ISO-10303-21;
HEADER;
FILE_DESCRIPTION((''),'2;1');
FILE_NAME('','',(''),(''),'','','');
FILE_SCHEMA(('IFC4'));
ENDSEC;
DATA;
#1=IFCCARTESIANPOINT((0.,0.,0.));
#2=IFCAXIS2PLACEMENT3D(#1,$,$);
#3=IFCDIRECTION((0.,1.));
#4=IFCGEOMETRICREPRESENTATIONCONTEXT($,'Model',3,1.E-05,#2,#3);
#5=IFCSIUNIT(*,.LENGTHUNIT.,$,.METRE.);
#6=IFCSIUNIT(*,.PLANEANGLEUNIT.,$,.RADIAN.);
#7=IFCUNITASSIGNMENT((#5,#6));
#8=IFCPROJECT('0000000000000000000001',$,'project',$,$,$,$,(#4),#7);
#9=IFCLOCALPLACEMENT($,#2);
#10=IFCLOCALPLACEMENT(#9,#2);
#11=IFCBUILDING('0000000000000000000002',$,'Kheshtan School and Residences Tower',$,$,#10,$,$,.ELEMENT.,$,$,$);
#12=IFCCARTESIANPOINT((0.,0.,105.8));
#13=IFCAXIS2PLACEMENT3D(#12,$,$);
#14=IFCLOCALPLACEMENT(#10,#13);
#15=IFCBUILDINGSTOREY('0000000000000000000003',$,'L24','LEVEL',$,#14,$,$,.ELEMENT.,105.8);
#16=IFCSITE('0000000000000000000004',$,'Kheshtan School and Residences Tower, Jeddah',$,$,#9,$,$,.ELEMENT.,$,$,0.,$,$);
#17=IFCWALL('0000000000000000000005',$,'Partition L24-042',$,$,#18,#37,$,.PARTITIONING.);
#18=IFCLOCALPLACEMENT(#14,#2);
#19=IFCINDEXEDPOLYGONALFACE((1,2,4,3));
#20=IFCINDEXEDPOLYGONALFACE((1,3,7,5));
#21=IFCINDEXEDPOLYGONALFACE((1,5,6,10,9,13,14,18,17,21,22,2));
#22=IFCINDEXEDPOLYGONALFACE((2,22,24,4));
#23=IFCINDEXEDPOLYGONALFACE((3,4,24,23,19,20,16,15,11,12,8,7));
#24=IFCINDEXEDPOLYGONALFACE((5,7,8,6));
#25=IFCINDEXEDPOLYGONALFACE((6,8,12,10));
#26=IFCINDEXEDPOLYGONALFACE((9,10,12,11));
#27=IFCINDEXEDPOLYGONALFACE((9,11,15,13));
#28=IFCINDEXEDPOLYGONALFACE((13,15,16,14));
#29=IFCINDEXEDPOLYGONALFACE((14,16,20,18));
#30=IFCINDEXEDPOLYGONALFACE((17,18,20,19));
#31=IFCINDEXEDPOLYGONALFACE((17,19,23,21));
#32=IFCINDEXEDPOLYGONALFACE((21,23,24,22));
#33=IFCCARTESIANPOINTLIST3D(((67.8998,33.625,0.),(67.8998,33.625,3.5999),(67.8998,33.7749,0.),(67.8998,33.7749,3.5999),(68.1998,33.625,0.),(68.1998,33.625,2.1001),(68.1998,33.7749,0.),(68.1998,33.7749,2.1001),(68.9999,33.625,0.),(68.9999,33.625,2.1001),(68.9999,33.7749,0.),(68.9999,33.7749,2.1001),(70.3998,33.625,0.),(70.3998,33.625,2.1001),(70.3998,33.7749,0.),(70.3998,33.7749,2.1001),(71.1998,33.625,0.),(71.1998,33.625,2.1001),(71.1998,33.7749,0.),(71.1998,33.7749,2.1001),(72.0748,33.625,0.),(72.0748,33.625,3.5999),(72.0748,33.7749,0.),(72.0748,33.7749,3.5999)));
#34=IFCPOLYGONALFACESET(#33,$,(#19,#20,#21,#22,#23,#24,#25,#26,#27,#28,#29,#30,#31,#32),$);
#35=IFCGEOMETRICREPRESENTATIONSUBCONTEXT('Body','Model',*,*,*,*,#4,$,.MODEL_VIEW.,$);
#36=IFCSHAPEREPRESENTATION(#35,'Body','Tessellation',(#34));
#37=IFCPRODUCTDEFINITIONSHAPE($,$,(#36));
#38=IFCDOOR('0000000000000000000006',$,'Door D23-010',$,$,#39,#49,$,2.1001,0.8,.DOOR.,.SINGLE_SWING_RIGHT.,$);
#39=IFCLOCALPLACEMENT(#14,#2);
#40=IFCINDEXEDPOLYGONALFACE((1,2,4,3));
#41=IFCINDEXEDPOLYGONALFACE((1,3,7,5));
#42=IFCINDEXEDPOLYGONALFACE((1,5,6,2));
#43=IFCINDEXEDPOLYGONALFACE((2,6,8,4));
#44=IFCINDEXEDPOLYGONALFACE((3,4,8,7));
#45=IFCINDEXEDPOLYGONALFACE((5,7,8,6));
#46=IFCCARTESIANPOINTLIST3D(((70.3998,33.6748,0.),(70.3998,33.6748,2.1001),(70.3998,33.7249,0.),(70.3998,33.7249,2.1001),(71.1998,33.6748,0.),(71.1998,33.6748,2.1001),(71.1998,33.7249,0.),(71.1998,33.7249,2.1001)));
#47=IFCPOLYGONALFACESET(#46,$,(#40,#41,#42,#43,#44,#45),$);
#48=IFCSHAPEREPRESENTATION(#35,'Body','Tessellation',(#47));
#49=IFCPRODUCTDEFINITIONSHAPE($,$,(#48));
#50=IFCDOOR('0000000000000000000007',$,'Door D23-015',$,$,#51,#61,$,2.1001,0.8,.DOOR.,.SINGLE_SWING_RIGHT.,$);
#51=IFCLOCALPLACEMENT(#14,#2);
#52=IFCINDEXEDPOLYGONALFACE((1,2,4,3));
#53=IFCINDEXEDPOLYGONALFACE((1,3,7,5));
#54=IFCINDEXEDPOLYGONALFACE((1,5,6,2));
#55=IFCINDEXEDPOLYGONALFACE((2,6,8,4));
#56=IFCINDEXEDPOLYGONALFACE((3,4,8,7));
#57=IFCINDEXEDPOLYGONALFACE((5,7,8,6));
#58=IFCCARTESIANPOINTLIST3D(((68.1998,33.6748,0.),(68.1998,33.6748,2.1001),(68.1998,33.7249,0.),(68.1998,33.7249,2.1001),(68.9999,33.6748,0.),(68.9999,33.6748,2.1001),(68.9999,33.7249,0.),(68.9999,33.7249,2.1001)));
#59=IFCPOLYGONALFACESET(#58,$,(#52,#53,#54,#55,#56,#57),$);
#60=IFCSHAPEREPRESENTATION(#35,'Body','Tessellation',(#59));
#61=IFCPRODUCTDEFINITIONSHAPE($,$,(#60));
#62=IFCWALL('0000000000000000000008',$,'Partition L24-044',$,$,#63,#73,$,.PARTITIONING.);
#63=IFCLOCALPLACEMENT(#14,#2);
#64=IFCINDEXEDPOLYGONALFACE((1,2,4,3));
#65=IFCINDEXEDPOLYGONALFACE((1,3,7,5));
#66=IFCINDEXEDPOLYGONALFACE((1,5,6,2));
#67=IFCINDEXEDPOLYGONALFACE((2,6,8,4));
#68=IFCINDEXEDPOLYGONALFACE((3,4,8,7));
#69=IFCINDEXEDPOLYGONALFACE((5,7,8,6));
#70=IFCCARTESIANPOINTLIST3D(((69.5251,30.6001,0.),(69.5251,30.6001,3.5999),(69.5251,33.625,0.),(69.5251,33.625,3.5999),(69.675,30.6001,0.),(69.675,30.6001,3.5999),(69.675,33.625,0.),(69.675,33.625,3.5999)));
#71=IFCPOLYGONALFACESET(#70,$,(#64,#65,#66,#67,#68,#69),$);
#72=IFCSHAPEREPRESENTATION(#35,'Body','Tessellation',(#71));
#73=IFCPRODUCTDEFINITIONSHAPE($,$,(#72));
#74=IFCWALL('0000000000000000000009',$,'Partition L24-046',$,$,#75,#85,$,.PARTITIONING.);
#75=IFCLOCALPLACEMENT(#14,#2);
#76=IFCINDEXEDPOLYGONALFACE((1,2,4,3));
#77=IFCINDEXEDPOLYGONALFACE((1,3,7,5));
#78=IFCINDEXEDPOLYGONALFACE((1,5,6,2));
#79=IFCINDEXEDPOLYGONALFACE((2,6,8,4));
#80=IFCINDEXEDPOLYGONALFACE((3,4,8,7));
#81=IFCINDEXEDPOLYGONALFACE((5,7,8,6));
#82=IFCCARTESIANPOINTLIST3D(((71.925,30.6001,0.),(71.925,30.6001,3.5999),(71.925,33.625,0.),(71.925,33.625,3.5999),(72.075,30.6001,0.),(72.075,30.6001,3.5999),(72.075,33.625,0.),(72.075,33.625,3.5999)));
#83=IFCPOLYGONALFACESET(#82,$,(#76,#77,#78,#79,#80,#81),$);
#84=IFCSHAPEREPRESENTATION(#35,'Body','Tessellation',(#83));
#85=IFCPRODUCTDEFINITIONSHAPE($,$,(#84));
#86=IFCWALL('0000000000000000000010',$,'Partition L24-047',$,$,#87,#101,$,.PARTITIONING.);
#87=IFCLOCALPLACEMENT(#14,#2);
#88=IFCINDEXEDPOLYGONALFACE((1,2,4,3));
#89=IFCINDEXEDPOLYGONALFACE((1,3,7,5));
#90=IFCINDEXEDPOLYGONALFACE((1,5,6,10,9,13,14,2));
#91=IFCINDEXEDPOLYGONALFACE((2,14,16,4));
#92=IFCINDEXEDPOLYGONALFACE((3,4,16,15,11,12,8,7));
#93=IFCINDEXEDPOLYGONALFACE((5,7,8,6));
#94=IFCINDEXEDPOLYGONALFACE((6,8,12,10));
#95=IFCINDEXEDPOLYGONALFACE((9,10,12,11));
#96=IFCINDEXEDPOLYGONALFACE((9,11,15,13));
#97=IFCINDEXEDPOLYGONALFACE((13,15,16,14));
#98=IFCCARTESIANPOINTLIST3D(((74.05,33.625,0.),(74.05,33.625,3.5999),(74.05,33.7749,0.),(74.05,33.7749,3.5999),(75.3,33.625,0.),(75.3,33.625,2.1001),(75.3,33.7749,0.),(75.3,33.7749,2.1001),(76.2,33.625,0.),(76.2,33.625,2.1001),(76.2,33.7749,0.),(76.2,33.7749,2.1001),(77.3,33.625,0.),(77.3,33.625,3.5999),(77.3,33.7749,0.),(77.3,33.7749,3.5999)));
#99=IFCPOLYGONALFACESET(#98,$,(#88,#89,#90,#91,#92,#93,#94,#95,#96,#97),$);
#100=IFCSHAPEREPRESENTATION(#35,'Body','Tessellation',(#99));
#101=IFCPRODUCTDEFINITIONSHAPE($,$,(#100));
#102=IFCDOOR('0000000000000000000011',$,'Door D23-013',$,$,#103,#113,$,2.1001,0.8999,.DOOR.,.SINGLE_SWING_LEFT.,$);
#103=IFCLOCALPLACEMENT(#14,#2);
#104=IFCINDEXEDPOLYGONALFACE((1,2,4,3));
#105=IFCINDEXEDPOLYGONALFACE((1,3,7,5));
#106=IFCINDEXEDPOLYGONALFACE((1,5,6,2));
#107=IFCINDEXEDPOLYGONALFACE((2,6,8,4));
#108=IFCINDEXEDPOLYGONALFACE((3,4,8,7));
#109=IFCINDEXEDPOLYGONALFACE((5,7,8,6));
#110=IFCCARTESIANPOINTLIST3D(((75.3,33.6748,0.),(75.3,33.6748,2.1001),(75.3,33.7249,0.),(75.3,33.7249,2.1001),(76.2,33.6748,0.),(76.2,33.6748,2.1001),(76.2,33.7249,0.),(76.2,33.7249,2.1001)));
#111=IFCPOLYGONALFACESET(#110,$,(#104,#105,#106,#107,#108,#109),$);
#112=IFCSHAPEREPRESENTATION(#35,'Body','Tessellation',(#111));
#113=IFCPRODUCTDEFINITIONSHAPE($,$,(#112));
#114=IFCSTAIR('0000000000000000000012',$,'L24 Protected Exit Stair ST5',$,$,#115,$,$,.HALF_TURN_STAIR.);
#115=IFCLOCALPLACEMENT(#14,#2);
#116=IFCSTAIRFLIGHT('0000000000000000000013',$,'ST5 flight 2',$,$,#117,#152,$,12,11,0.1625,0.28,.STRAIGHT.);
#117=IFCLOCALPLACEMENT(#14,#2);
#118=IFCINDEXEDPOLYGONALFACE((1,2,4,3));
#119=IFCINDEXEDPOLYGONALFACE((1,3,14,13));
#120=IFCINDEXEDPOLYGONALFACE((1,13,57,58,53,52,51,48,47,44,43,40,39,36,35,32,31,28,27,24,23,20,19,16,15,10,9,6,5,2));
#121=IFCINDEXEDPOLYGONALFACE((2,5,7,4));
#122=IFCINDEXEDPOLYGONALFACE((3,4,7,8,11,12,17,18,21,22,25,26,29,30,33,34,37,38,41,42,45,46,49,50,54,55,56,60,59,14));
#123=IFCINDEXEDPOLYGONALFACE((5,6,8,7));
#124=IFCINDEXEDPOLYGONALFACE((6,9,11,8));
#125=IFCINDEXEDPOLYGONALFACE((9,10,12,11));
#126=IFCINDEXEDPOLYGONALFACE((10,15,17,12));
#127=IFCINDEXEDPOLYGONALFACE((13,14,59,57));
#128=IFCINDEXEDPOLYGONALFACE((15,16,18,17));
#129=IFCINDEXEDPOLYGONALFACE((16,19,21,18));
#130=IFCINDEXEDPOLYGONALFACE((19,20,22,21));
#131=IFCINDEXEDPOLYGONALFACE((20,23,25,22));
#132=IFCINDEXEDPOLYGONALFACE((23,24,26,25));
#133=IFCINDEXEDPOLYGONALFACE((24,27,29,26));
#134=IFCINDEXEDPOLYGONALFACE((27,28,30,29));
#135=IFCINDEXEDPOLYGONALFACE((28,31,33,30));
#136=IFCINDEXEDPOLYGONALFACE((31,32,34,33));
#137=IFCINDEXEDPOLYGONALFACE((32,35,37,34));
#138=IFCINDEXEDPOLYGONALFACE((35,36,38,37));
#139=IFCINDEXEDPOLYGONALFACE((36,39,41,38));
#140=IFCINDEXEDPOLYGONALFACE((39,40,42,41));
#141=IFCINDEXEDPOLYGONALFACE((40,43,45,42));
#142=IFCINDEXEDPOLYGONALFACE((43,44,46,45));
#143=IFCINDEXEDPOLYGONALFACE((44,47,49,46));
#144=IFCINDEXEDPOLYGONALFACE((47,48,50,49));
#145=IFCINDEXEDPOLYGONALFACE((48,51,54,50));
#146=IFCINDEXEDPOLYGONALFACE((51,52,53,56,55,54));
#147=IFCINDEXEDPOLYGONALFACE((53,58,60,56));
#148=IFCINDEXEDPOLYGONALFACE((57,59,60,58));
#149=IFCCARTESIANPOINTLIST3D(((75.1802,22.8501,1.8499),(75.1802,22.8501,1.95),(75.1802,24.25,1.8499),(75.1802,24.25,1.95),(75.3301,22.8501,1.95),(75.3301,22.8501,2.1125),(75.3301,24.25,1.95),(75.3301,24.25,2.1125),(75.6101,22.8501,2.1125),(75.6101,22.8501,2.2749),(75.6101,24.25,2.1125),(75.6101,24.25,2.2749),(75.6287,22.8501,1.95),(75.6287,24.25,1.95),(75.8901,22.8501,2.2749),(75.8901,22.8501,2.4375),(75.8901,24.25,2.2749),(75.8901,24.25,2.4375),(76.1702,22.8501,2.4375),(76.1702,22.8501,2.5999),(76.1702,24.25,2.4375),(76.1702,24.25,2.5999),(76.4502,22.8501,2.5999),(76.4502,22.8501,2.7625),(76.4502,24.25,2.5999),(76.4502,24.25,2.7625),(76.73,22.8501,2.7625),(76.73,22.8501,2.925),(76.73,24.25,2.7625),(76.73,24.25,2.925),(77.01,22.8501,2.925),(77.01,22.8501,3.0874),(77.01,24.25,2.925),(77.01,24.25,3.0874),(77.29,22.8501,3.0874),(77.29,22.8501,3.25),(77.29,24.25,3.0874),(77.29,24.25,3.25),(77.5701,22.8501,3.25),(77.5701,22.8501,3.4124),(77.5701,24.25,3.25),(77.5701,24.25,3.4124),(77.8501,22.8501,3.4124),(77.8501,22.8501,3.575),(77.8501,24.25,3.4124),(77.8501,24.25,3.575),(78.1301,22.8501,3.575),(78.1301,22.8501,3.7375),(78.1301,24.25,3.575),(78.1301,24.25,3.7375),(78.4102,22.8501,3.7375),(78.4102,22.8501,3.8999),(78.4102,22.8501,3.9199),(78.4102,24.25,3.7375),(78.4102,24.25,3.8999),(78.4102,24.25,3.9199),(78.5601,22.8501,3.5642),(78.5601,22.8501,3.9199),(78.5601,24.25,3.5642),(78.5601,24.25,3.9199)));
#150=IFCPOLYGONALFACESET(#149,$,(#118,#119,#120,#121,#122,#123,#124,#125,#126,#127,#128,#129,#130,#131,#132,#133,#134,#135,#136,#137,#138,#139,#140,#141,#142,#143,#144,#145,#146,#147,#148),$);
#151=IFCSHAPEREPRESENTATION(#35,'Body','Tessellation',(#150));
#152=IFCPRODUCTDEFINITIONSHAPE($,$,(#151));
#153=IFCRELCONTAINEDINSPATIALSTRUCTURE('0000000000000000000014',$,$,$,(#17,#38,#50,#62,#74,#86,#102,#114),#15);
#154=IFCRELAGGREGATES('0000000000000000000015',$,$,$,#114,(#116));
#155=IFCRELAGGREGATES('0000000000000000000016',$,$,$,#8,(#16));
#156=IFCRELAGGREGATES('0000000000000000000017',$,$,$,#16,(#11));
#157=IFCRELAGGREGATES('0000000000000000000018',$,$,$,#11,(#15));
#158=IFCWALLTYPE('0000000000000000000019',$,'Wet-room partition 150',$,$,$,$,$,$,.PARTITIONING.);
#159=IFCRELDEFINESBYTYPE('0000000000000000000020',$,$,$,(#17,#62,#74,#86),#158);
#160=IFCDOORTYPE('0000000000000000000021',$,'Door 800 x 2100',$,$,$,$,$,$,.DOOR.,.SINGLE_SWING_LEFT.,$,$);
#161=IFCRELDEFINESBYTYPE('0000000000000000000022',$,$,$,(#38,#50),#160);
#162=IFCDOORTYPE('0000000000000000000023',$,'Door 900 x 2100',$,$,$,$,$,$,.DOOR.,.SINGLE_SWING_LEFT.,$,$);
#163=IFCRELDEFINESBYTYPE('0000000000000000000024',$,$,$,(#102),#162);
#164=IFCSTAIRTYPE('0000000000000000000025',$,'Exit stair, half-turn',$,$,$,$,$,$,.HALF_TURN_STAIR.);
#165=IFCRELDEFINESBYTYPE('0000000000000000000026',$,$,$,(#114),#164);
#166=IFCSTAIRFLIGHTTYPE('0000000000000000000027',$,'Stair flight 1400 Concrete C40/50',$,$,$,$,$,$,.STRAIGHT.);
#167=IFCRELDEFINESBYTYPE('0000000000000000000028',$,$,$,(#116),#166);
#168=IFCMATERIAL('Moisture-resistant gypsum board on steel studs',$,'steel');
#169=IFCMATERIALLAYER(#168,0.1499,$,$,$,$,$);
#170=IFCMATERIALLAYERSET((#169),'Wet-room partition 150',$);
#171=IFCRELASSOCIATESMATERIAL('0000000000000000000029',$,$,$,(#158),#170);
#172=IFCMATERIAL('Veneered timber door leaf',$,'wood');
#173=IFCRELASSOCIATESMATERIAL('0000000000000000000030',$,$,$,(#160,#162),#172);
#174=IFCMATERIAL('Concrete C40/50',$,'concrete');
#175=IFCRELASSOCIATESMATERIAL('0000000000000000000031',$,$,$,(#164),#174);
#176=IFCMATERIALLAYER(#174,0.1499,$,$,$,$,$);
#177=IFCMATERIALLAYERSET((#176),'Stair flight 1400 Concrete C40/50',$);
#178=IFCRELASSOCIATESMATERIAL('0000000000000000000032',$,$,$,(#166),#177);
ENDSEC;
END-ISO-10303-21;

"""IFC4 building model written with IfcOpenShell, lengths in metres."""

from ifc_helpers import new_model, si_unit, direction, frame, frame_2d, origin, place, context, subcontext, project, spatial, polyline, rectangle, outline, extrude, source, transform, mapped, material, layer, layer_set, type_object, element, fill, aggregate, save


model = new_model("IFC4")

# Units and contexts
model_context = context("Model", 3, precision=1e-05, world=origin(), true_north=direction((0.0, 1.0)))
body_context = subcontext(model_context, "Body", "Model", "MODEL_VIEW")
ifc_project = project(units=[si_unit("LENGTHUNIT", "METRE"), si_unit("PLANEANGLEUNIT", "RADIAN")], contexts=[model_context])

# Site, building, storey
site_placement = place(None, origin())
site = spatial("IfcSite", under=ifc_project, at=site_placement, Name="Kheshtan School and Residences Tower, Jeddah", CompositionType="ELEMENT", RefElevation=0.0)
building_placement = place(site_placement, origin())
building = spatial("IfcBuilding", under=site, at=building_placement, Name="Kheshtan School and Residences Tower", CompositionType="ELEMENT")
storey_placement = place(building_placement, frame((0.0, 0.0, 105.8)))
storey = spatial("IfcBuildingStorey", under=building, at=storey_placement, Name="L24", Description="LEVEL", CompositionType="ELEMENT", Elevation=105.8)

# Shared definitions
ifc_material_1 = material(Name="Concrete C40/50", Category="concrete")

# Shared definitions
ifc_material_2 = material(Name="Moisture-resistant gypsum board on steel studs", Category="steel")
ifc_layer_1 = layer(ifc_material_2, 0.1499)
ifc_layer_set_1 = layer_set([ifc_layer_1], Name="Wet-room partition 150")
wall_type_1 = type_object("IfcWallType", Name="Wet-room partition 150", PredefinedType="PARTITIONING", material=ifc_layer_set_1)

# Wall, openings, doors
wall_1_placement = place(storey_placement, frame((67.8999, 33.7, 0.0), z_axis=(0.0, 0.0, 1.0), x_axis=(1.0, 0.0, 0.0)))
wall_1 = element("IfcWall", 1, at=wall_1_placement, inside=storey, type_object=wall_type_1, Name="Partition L24-042", PredefinedType="PARTITIONING", context=body_context, shape_type="SweptSolid", body=[
    extrude(rectangle(XDim=4.175, YDim=0.1499, at=frame_2d((2.0874, 0.0))), origin(), (0.0, 0.0, 1.0), 3.5999),
])
opening_1_placement = place(wall_1_placement, frame((2.5, 0.0, 0.0)))
opening_1 = element("IfcOpeningElement", 2, at=opening_1_placement, cuts=wall_1, PredefinedType="OPENING", context=body_context, shape_type="SweptSolid", body=[
    extrude(rectangle(XDim=0.8, YDim=2.1001, at=frame_2d((0.3999, 1.05))), frame((0.0, 0.085, 0.0), z_axis=(0.0, -1.0, 0.0), x_axis=(1.0, 0.0, 0.0)), (0.0, 0.0, 1.0), 0.1699),
])
opening_2_placement = place(wall_1_placement, frame((0.3, 0.0, 0.0)))
opening_2 = element("IfcOpeningElement", 3, at=opening_2_placement, cuts=wall_1, PredefinedType="OPENING", context=body_context, shape_type="SweptSolid", body=[
    extrude(rectangle(XDim=0.8, YDim=2.1001, at=frame_2d((0.3999, 1.05))), frame((0.0, 0.085, 0.0), z_axis=(0.0, -1.0, 0.0), x_axis=(1.0, 0.0, 0.0)), (0.0, 0.0, 1.0), 0.1699),
])
ifc_material_3 = material(Name="Veneered timber door leaf", Category="wood")
door_type_1 = type_object("IfcDoorType", Name="Door 800 x 2100", OperationType="SINGLE_SWING_LEFT", PredefinedType="DOOR", material=ifc_material_3)
shared_shape_1 = source(origin(), body_context, "Body", "SweptSolid", [
    extrude(rectangle(XDim=0.8, YDim=2.1001, at=frame_2d((0.3999, 1.05))), frame((0.0, 0.0249, 0.0), z_axis=(0.0, -1.0, 0.0), x_axis=(1.0, 0.0, 0.0)), (0.0, 0.0, 1.0), 0.05),
])
door_1_placement = place(opening_1_placement, origin())
door_1 = element("IfcDoor", 4, at=door_1_placement, inside=storey, type_object=door_type_1, Name="Door D23-010", OperationType="SINGLE_SWING_RIGHT", OverallHeight=2.1001, OverallWidth=0.8, PredefinedType="DOOR", context=body_context, shape_type="MappedRepresentation", body=[
    mapped(shared_shape_1, transform((0.0, 0.0, 0.0), x_axis=(1.0, 0.0, 0.0), y_axis=(0.0, 1.0, 0.0), z_axis=(0.0, 0.0, 1.0), scale=1.0)),
])
fill(opening_1, door_1)
door_2_placement = place(opening_2_placement, origin())
door_2 = element("IfcDoor", 5, at=door_2_placement, inside=storey, type_object=door_type_1, Name="Door D23-015", OperationType="SINGLE_SWING_RIGHT", OverallHeight=2.1001, OverallWidth=0.8, PredefinedType="DOOR", context=body_context, shape_type="MappedRepresentation", body=[
    mapped(shared_shape_1, transform((0.0, 0.0, 0.0), x_axis=(1.0, 0.0, 0.0), y_axis=(0.0, 1.0, 0.0), z_axis=(0.0, 0.0, 1.0), scale=1.0)),
])
fill(opening_2, door_2)

# Walls
for number, where, z_axis, x_axis, name in (
    (6, (69.6001, 30.6001, 0.0), (0.0, 0.0, 1.0), (0.0, 1.0, 0.0), "Partition L24-044"),
    (7, (72.0, 30.6001, 0.0), (0.0, 0.0, 1.0), (0.0, 1.0, 0.0), "Partition L24-046"),
):
    element("IfcWall", number, at=place(storey_placement, frame(where, z_axis=z_axis, x_axis=x_axis)), inside=storey, type_object=wall_type_1, Name=name, PredefinedType="PARTITIONING", context=body_context, shape_type="SweptSolid", body=[
        extrude(rectangle(XDim=3.0249, YDim=0.1499, at=frame_2d((1.5125, 0.0))), origin(), (0.0, 0.0, 1.0), 3.5999),
    ])

# Wall, opening, door
wall_2_placement = place(storey_placement, frame((74.05, 33.7, 0.0), z_axis=(0.0, 0.0, 1.0), x_axis=(1.0, 0.0, 0.0)))
wall_2 = element("IfcWall", 8, at=wall_2_placement, inside=storey, type_object=wall_type_1, Name="Partition L24-047", PredefinedType="PARTITIONING", context=body_context, shape_type="SweptSolid", body=[
    extrude(rectangle(XDim=3.25, YDim=0.1499, at=frame_2d((1.625, 0.0))), origin(), (0.0, 0.0, 1.0), 3.5999),
])
opening_3_placement = place(wall_2_placement, frame((1.25, 0.0, 0.0)))
opening_3 = element("IfcOpeningElement", 9, at=opening_3_placement, cuts=wall_2, PredefinedType="OPENING", context=body_context, shape_type="SweptSolid", body=[
    extrude(rectangle(XDim=0.8999, YDim=2.1001, at=frame_2d((0.45, 1.05))), frame((0.0, 0.085, 0.0), z_axis=(0.0, -1.0, 0.0), x_axis=(1.0, 0.0, 0.0)), (0.0, 0.0, 1.0), 0.1699),
])
door_type_2 = type_object("IfcDoorType", Name="Door 900 x 2100", OperationType="SINGLE_SWING_LEFT", PredefinedType="DOOR", material=ifc_material_3)
shared_shape_2 = source(origin(), body_context, "Body", "SweptSolid", [
    extrude(rectangle(XDim=0.8999, YDim=2.1001, at=frame_2d((0.45, 1.05))), frame((0.0, 0.0249, 0.0), z_axis=(0.0, -1.0, 0.0), x_axis=(1.0, 0.0, 0.0)), (0.0, 0.0, 1.0), 0.05),
])
door_3_placement = place(opening_3_placement, origin())
door_3 = element("IfcDoor", 10, at=door_3_placement, inside=storey, type_object=door_type_2, Name="Door D23-013", OperationType="SINGLE_SWING_LEFT", OverallHeight=2.1001, OverallWidth=0.8999, PredefinedType="DOOR", context=body_context, shape_type="MappedRepresentation", body=[
    mapped(shared_shape_2, transform((0.0, 0.0, 0.0), x_axis=(1.0, 0.0, 0.0), y_axis=(0.0, 1.0, 0.0), z_axis=(0.0, 0.0, 1.0), scale=1.0)),
])
fill(opening_3, door_3)

# Stair, stair flight
stair_type = type_object("IfcStairType", Name="Exit stair, half-turn", PredefinedType="HALF_TURN_STAIR", material=ifc_material_1)
stair_placement = place(storey_placement, origin())
stair = element("IfcStair", 11, at=stair_placement, inside=storey, type_object=stair_type, Name="L24 Protected Exit Stair ST5", PredefinedType="HALF_TURN_STAIR")
ifc_layer_2 = layer(ifc_material_1, 0.1499)
ifc_layer_set_2 = layer_set([ifc_layer_2], Name="Stair flight 1400 Concrete C40/50")
stair_flight_type = type_object("IfcStairFlightType", Name="Stair flight 1400 Concrete C40/50", PredefinedType="STRAIGHT", material=ifc_layer_set_2)
stair_flight_placement = place(storey_placement, frame((75.3301, 23.55, 1.95), z_axis=(0.0, 0.0, 1.0), x_axis=(1.0, 0.0, 0.0)))
stair_flight = element("IfcStairFlight", 12, at=stair_flight_placement, type_object=stair_flight_type, Name="ST5 flight 2", NumberOfRisers=12, NumberOfTreads=11, PredefinedType="STRAIGHT", RiserHeight=0.1625, TreadLength=0.28, context=body_context, shape_type="SweptSolid", body=[
    extrude(outline(polyline([(-0.1499, -0.1001), (-0.1499, 0.0), (0.0, 0.0), (0.0, 0.1626), (0.28, 0.1626), (0.28, 0.325), (0.5601, 0.325), (0.5601, 0.4875), (0.8401, 0.4875), (0.8401, 0.6499), (1.1201, 0.6499), (1.1201, 0.8125), (1.3999, 0.8125), (1.3999, 0.9751), (1.6799, 0.9751), (1.6799, 1.1375), (1.96, 1.1375), (1.96, 1.3), (2.24, 1.3), (2.24, 1.4624), (2.52, 1.4624), (2.52, 1.625), (2.8, 1.625), (2.8, 1.7876), (3.0801, 1.7876), (3.0801, 1.95), (3.0801, 1.97), (3.23, 1.97), (3.23, 1.6143), (0.2986, 0.0), (-0.1499, -0.1001)])), frame((0.0, 0.7, 0.0), z_axis=(0.0, -1.0, 0.0), x_axis=(1.0, 0.0, 0.0)), (0.0, 0.0, 1.0), 1.3999),
])
aggregate(stair, [stair_flight])

save(model, "model.ifc")
